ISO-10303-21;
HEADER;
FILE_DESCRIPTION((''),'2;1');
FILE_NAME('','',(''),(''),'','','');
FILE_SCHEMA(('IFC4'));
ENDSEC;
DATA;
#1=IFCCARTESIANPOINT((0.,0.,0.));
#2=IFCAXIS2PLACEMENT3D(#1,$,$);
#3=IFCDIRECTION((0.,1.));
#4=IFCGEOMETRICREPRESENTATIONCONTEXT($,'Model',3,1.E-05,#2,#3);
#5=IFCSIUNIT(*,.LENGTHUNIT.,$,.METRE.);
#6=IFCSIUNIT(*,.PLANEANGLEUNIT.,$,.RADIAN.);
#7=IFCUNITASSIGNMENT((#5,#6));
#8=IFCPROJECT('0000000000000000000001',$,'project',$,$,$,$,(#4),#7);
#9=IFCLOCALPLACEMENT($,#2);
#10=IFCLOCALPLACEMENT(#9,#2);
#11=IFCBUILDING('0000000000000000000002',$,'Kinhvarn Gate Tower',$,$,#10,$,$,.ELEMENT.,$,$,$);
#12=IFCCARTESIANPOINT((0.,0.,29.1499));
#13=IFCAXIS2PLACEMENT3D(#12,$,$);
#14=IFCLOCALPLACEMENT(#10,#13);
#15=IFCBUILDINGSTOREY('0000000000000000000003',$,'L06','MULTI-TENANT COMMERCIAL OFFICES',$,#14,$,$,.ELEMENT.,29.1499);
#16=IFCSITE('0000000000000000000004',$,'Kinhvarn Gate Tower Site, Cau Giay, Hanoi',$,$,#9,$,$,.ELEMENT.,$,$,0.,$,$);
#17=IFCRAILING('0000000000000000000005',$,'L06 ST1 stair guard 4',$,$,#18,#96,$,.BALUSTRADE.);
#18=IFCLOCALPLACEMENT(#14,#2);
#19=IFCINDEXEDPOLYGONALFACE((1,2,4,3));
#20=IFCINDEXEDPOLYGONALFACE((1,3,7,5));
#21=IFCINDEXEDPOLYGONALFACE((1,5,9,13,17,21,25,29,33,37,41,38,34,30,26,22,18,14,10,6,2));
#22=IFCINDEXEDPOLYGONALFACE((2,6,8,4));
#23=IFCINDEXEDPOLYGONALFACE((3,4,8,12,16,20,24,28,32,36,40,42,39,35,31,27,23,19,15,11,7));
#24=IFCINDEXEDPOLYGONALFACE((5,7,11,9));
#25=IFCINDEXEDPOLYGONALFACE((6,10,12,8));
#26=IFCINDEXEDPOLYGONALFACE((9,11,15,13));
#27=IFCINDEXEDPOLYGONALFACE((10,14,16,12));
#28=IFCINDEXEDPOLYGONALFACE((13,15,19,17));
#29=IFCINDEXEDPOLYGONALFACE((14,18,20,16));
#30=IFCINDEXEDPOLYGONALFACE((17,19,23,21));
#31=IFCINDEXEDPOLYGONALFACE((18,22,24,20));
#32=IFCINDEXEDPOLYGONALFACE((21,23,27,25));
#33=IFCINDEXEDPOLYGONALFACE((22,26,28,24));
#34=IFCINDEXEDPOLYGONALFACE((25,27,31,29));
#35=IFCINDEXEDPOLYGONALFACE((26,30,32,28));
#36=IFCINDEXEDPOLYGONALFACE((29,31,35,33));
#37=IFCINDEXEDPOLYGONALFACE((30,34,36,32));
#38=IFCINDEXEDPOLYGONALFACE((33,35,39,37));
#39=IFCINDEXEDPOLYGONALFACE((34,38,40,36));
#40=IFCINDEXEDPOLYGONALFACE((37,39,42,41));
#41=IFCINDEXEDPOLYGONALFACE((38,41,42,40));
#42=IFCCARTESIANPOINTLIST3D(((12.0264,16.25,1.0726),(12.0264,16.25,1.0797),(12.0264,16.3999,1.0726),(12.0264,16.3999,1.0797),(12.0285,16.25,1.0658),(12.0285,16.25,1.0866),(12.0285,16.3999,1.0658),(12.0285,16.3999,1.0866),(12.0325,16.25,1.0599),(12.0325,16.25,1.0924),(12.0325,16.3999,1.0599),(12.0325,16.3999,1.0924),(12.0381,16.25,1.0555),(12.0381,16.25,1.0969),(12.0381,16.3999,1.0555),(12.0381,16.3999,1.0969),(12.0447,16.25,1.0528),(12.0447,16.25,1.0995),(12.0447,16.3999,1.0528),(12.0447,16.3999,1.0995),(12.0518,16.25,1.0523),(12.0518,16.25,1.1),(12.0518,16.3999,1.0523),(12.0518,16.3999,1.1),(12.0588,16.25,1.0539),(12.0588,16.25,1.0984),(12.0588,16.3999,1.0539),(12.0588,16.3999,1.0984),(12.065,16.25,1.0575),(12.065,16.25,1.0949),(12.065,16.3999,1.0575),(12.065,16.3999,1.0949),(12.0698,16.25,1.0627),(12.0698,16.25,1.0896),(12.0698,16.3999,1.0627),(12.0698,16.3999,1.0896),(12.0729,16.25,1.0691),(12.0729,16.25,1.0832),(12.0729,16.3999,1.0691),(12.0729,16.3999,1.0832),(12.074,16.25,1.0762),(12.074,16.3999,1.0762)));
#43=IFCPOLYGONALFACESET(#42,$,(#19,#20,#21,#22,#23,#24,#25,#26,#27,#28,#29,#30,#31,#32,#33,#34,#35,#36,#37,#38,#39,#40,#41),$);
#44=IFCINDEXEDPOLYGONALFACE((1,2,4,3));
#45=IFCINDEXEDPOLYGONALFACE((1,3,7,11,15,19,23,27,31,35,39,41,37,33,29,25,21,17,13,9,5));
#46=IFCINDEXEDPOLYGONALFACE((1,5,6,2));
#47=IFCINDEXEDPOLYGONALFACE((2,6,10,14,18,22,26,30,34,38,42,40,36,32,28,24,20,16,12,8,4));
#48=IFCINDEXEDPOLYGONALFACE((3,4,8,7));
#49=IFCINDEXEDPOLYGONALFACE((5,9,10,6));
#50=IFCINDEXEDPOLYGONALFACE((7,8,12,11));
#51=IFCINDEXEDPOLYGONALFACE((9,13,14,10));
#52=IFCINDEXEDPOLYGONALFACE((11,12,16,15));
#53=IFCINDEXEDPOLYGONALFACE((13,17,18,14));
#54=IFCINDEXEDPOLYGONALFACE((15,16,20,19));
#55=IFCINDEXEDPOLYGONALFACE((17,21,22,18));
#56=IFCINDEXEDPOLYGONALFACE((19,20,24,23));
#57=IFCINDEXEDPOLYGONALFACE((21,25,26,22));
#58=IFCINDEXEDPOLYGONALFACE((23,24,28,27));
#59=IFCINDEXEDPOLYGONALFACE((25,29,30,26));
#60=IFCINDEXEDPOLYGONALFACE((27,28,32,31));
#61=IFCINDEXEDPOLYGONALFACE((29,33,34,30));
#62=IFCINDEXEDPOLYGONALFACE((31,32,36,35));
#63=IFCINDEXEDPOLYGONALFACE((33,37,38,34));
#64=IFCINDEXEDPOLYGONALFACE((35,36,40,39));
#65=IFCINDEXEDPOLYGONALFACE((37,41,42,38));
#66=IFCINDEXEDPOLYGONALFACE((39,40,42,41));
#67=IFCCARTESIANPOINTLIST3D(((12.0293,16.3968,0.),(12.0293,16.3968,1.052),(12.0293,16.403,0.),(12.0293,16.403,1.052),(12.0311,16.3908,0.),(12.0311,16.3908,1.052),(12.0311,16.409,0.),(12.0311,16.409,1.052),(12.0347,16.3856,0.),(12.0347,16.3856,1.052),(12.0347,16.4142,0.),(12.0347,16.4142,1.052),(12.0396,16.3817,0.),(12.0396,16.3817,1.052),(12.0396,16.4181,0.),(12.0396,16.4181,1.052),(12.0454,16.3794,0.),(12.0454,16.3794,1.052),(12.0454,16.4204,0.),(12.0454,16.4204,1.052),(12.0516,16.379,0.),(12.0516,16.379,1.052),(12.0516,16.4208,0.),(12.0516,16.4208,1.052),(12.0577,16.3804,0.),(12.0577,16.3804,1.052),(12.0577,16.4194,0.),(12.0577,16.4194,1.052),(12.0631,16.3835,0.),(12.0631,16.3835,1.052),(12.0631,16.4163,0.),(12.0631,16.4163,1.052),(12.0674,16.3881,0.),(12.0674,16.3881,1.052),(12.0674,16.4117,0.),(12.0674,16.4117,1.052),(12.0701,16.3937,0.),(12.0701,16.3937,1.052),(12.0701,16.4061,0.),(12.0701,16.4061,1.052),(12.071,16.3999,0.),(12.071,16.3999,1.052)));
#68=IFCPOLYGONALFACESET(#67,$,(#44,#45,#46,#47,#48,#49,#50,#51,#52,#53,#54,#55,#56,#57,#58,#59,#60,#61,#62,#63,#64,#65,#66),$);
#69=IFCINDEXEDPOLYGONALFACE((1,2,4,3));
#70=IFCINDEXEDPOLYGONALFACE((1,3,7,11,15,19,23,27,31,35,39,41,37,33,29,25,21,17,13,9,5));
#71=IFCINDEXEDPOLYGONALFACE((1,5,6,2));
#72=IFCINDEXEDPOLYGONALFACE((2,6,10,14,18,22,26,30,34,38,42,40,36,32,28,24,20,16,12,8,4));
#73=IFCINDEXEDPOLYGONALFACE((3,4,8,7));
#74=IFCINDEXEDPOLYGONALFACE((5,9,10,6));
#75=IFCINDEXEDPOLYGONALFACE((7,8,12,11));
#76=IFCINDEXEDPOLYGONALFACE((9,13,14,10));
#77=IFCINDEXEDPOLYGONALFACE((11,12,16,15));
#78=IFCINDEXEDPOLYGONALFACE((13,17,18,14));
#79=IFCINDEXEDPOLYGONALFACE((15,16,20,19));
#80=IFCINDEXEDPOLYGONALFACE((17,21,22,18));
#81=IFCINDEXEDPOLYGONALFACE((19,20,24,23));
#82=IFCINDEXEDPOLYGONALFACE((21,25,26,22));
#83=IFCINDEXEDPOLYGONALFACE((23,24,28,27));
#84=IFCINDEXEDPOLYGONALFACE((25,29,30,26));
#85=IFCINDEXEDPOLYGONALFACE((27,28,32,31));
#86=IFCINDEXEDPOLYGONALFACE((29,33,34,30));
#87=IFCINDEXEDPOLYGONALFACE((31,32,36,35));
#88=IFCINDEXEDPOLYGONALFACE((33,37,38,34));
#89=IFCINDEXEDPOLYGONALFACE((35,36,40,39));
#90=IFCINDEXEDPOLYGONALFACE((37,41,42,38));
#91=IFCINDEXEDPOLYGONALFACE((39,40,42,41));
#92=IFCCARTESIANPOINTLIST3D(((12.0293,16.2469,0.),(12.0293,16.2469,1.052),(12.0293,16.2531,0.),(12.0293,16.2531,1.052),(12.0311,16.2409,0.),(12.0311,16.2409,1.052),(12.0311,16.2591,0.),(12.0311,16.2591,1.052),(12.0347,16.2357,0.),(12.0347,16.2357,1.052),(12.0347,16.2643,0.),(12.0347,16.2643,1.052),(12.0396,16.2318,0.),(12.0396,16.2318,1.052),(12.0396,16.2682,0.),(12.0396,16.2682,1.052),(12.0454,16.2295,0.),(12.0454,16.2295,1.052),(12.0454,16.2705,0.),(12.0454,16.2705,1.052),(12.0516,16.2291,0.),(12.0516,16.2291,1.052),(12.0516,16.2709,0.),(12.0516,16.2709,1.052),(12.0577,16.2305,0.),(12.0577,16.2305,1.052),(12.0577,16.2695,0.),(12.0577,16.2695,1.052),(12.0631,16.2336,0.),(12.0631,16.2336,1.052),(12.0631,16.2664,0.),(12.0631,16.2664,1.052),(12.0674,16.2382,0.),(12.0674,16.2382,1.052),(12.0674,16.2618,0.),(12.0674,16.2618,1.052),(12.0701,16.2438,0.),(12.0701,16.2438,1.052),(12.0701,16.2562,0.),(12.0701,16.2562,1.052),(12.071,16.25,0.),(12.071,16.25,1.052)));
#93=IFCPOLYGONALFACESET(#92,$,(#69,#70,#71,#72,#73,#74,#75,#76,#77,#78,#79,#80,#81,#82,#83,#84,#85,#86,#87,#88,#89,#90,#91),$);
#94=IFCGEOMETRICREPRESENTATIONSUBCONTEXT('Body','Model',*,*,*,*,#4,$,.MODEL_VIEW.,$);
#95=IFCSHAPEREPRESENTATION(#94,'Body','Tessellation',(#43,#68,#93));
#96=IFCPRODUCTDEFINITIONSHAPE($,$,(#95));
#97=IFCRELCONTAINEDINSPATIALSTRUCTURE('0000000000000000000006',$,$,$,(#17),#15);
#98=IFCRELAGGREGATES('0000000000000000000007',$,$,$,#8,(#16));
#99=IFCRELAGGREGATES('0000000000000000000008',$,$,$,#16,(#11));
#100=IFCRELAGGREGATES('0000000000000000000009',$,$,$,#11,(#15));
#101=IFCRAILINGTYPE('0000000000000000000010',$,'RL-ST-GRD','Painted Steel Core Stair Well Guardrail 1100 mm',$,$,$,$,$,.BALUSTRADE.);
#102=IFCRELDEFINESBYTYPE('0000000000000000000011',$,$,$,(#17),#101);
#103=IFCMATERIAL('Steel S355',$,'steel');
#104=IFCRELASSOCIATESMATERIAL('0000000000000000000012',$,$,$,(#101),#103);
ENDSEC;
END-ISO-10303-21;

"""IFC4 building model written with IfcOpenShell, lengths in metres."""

from ifc_helpers import new_model, si_unit, direction, frame, origin, origin_2d, place, context, subcontext, project, spatial, circle, extrude, material, type_object, element, save


model = new_model("IFC4")

# Units and contexts
model_context = context("Model", 3, precision=1e-05, world=origin(), true_north=direction((0.0, 1.0)))
body_context = subcontext(model_context, "Body", "Model", "MODEL_VIEW")
ifc_project = project(units=[si_unit("LENGTHUNIT", "METRE"), si_unit("PLANEANGLEUNIT", "RADIAN")], contexts=[model_context])

# Site, building, storey
site_placement = place(None, origin())
site = spatial("IfcSite", under=ifc_project, at=site_placement, Name="Kinhvarn Gate Tower Site, Cau Giay, Hanoi", CompositionType="ELEMENT", RefElevation=0.0)
building_placement = place(site_placement, origin())
building = spatial("IfcBuilding", under=site, at=building_placement, Name="Kinhvarn Gate Tower", CompositionType="ELEMENT")
storey_placement = place(building_placement, frame((0.0, 0.0, 29.1499)))
storey = spatial("IfcBuildingStorey", under=building, at=storey_placement, Name="L06", Description="MULTI-TENANT COMMERCIAL OFFICES", CompositionType="ELEMENT", Elevation=29.1499)

# Shared definitions
ifc_material_1 = material(Name="Steel S355", Category="steel")

# Railing
railing_type_1 = type_object("IfcRailingType", Name="RL-ST-GRD", Description="Painted Steel Core Stair Well Guardrail 1100 mm", PredefinedType="BALUSTRADE", material=ifc_material_1)
railing_1_placement = place(storey_placement, frame((12.05, 16.3999, 0.0)))
element("IfcRailing", 1, at=railing_1_placement, inside=storey, type_object=railing_type_1, Name="L06 ST1 stair guard 4", PredefinedType="BALUSTRADE", context=body_context, shape_type="SweptSolid", body=[
    extrude(circle(Radius=0.0239, at=origin_2d()), frame((0.0, 0.0, 1.0762), z_axis=(0.0, -1.0, 0.0), x_axis=(1.0, 0.0, 0.0)), (0.0, 0.0, 1.0), 0.1499),
    extrude(circle(Radius=0.021, at=origin_2d()), origin(), (0.0, 0.0, 1.0), 1.052),
    extrude(circle(Radius=0.021, at=origin_2d()), frame((0.0, -0.1499, 0.0)), (0.0, 0.0, 1.0), 1.052),
])

save(model, "model.ifc")
